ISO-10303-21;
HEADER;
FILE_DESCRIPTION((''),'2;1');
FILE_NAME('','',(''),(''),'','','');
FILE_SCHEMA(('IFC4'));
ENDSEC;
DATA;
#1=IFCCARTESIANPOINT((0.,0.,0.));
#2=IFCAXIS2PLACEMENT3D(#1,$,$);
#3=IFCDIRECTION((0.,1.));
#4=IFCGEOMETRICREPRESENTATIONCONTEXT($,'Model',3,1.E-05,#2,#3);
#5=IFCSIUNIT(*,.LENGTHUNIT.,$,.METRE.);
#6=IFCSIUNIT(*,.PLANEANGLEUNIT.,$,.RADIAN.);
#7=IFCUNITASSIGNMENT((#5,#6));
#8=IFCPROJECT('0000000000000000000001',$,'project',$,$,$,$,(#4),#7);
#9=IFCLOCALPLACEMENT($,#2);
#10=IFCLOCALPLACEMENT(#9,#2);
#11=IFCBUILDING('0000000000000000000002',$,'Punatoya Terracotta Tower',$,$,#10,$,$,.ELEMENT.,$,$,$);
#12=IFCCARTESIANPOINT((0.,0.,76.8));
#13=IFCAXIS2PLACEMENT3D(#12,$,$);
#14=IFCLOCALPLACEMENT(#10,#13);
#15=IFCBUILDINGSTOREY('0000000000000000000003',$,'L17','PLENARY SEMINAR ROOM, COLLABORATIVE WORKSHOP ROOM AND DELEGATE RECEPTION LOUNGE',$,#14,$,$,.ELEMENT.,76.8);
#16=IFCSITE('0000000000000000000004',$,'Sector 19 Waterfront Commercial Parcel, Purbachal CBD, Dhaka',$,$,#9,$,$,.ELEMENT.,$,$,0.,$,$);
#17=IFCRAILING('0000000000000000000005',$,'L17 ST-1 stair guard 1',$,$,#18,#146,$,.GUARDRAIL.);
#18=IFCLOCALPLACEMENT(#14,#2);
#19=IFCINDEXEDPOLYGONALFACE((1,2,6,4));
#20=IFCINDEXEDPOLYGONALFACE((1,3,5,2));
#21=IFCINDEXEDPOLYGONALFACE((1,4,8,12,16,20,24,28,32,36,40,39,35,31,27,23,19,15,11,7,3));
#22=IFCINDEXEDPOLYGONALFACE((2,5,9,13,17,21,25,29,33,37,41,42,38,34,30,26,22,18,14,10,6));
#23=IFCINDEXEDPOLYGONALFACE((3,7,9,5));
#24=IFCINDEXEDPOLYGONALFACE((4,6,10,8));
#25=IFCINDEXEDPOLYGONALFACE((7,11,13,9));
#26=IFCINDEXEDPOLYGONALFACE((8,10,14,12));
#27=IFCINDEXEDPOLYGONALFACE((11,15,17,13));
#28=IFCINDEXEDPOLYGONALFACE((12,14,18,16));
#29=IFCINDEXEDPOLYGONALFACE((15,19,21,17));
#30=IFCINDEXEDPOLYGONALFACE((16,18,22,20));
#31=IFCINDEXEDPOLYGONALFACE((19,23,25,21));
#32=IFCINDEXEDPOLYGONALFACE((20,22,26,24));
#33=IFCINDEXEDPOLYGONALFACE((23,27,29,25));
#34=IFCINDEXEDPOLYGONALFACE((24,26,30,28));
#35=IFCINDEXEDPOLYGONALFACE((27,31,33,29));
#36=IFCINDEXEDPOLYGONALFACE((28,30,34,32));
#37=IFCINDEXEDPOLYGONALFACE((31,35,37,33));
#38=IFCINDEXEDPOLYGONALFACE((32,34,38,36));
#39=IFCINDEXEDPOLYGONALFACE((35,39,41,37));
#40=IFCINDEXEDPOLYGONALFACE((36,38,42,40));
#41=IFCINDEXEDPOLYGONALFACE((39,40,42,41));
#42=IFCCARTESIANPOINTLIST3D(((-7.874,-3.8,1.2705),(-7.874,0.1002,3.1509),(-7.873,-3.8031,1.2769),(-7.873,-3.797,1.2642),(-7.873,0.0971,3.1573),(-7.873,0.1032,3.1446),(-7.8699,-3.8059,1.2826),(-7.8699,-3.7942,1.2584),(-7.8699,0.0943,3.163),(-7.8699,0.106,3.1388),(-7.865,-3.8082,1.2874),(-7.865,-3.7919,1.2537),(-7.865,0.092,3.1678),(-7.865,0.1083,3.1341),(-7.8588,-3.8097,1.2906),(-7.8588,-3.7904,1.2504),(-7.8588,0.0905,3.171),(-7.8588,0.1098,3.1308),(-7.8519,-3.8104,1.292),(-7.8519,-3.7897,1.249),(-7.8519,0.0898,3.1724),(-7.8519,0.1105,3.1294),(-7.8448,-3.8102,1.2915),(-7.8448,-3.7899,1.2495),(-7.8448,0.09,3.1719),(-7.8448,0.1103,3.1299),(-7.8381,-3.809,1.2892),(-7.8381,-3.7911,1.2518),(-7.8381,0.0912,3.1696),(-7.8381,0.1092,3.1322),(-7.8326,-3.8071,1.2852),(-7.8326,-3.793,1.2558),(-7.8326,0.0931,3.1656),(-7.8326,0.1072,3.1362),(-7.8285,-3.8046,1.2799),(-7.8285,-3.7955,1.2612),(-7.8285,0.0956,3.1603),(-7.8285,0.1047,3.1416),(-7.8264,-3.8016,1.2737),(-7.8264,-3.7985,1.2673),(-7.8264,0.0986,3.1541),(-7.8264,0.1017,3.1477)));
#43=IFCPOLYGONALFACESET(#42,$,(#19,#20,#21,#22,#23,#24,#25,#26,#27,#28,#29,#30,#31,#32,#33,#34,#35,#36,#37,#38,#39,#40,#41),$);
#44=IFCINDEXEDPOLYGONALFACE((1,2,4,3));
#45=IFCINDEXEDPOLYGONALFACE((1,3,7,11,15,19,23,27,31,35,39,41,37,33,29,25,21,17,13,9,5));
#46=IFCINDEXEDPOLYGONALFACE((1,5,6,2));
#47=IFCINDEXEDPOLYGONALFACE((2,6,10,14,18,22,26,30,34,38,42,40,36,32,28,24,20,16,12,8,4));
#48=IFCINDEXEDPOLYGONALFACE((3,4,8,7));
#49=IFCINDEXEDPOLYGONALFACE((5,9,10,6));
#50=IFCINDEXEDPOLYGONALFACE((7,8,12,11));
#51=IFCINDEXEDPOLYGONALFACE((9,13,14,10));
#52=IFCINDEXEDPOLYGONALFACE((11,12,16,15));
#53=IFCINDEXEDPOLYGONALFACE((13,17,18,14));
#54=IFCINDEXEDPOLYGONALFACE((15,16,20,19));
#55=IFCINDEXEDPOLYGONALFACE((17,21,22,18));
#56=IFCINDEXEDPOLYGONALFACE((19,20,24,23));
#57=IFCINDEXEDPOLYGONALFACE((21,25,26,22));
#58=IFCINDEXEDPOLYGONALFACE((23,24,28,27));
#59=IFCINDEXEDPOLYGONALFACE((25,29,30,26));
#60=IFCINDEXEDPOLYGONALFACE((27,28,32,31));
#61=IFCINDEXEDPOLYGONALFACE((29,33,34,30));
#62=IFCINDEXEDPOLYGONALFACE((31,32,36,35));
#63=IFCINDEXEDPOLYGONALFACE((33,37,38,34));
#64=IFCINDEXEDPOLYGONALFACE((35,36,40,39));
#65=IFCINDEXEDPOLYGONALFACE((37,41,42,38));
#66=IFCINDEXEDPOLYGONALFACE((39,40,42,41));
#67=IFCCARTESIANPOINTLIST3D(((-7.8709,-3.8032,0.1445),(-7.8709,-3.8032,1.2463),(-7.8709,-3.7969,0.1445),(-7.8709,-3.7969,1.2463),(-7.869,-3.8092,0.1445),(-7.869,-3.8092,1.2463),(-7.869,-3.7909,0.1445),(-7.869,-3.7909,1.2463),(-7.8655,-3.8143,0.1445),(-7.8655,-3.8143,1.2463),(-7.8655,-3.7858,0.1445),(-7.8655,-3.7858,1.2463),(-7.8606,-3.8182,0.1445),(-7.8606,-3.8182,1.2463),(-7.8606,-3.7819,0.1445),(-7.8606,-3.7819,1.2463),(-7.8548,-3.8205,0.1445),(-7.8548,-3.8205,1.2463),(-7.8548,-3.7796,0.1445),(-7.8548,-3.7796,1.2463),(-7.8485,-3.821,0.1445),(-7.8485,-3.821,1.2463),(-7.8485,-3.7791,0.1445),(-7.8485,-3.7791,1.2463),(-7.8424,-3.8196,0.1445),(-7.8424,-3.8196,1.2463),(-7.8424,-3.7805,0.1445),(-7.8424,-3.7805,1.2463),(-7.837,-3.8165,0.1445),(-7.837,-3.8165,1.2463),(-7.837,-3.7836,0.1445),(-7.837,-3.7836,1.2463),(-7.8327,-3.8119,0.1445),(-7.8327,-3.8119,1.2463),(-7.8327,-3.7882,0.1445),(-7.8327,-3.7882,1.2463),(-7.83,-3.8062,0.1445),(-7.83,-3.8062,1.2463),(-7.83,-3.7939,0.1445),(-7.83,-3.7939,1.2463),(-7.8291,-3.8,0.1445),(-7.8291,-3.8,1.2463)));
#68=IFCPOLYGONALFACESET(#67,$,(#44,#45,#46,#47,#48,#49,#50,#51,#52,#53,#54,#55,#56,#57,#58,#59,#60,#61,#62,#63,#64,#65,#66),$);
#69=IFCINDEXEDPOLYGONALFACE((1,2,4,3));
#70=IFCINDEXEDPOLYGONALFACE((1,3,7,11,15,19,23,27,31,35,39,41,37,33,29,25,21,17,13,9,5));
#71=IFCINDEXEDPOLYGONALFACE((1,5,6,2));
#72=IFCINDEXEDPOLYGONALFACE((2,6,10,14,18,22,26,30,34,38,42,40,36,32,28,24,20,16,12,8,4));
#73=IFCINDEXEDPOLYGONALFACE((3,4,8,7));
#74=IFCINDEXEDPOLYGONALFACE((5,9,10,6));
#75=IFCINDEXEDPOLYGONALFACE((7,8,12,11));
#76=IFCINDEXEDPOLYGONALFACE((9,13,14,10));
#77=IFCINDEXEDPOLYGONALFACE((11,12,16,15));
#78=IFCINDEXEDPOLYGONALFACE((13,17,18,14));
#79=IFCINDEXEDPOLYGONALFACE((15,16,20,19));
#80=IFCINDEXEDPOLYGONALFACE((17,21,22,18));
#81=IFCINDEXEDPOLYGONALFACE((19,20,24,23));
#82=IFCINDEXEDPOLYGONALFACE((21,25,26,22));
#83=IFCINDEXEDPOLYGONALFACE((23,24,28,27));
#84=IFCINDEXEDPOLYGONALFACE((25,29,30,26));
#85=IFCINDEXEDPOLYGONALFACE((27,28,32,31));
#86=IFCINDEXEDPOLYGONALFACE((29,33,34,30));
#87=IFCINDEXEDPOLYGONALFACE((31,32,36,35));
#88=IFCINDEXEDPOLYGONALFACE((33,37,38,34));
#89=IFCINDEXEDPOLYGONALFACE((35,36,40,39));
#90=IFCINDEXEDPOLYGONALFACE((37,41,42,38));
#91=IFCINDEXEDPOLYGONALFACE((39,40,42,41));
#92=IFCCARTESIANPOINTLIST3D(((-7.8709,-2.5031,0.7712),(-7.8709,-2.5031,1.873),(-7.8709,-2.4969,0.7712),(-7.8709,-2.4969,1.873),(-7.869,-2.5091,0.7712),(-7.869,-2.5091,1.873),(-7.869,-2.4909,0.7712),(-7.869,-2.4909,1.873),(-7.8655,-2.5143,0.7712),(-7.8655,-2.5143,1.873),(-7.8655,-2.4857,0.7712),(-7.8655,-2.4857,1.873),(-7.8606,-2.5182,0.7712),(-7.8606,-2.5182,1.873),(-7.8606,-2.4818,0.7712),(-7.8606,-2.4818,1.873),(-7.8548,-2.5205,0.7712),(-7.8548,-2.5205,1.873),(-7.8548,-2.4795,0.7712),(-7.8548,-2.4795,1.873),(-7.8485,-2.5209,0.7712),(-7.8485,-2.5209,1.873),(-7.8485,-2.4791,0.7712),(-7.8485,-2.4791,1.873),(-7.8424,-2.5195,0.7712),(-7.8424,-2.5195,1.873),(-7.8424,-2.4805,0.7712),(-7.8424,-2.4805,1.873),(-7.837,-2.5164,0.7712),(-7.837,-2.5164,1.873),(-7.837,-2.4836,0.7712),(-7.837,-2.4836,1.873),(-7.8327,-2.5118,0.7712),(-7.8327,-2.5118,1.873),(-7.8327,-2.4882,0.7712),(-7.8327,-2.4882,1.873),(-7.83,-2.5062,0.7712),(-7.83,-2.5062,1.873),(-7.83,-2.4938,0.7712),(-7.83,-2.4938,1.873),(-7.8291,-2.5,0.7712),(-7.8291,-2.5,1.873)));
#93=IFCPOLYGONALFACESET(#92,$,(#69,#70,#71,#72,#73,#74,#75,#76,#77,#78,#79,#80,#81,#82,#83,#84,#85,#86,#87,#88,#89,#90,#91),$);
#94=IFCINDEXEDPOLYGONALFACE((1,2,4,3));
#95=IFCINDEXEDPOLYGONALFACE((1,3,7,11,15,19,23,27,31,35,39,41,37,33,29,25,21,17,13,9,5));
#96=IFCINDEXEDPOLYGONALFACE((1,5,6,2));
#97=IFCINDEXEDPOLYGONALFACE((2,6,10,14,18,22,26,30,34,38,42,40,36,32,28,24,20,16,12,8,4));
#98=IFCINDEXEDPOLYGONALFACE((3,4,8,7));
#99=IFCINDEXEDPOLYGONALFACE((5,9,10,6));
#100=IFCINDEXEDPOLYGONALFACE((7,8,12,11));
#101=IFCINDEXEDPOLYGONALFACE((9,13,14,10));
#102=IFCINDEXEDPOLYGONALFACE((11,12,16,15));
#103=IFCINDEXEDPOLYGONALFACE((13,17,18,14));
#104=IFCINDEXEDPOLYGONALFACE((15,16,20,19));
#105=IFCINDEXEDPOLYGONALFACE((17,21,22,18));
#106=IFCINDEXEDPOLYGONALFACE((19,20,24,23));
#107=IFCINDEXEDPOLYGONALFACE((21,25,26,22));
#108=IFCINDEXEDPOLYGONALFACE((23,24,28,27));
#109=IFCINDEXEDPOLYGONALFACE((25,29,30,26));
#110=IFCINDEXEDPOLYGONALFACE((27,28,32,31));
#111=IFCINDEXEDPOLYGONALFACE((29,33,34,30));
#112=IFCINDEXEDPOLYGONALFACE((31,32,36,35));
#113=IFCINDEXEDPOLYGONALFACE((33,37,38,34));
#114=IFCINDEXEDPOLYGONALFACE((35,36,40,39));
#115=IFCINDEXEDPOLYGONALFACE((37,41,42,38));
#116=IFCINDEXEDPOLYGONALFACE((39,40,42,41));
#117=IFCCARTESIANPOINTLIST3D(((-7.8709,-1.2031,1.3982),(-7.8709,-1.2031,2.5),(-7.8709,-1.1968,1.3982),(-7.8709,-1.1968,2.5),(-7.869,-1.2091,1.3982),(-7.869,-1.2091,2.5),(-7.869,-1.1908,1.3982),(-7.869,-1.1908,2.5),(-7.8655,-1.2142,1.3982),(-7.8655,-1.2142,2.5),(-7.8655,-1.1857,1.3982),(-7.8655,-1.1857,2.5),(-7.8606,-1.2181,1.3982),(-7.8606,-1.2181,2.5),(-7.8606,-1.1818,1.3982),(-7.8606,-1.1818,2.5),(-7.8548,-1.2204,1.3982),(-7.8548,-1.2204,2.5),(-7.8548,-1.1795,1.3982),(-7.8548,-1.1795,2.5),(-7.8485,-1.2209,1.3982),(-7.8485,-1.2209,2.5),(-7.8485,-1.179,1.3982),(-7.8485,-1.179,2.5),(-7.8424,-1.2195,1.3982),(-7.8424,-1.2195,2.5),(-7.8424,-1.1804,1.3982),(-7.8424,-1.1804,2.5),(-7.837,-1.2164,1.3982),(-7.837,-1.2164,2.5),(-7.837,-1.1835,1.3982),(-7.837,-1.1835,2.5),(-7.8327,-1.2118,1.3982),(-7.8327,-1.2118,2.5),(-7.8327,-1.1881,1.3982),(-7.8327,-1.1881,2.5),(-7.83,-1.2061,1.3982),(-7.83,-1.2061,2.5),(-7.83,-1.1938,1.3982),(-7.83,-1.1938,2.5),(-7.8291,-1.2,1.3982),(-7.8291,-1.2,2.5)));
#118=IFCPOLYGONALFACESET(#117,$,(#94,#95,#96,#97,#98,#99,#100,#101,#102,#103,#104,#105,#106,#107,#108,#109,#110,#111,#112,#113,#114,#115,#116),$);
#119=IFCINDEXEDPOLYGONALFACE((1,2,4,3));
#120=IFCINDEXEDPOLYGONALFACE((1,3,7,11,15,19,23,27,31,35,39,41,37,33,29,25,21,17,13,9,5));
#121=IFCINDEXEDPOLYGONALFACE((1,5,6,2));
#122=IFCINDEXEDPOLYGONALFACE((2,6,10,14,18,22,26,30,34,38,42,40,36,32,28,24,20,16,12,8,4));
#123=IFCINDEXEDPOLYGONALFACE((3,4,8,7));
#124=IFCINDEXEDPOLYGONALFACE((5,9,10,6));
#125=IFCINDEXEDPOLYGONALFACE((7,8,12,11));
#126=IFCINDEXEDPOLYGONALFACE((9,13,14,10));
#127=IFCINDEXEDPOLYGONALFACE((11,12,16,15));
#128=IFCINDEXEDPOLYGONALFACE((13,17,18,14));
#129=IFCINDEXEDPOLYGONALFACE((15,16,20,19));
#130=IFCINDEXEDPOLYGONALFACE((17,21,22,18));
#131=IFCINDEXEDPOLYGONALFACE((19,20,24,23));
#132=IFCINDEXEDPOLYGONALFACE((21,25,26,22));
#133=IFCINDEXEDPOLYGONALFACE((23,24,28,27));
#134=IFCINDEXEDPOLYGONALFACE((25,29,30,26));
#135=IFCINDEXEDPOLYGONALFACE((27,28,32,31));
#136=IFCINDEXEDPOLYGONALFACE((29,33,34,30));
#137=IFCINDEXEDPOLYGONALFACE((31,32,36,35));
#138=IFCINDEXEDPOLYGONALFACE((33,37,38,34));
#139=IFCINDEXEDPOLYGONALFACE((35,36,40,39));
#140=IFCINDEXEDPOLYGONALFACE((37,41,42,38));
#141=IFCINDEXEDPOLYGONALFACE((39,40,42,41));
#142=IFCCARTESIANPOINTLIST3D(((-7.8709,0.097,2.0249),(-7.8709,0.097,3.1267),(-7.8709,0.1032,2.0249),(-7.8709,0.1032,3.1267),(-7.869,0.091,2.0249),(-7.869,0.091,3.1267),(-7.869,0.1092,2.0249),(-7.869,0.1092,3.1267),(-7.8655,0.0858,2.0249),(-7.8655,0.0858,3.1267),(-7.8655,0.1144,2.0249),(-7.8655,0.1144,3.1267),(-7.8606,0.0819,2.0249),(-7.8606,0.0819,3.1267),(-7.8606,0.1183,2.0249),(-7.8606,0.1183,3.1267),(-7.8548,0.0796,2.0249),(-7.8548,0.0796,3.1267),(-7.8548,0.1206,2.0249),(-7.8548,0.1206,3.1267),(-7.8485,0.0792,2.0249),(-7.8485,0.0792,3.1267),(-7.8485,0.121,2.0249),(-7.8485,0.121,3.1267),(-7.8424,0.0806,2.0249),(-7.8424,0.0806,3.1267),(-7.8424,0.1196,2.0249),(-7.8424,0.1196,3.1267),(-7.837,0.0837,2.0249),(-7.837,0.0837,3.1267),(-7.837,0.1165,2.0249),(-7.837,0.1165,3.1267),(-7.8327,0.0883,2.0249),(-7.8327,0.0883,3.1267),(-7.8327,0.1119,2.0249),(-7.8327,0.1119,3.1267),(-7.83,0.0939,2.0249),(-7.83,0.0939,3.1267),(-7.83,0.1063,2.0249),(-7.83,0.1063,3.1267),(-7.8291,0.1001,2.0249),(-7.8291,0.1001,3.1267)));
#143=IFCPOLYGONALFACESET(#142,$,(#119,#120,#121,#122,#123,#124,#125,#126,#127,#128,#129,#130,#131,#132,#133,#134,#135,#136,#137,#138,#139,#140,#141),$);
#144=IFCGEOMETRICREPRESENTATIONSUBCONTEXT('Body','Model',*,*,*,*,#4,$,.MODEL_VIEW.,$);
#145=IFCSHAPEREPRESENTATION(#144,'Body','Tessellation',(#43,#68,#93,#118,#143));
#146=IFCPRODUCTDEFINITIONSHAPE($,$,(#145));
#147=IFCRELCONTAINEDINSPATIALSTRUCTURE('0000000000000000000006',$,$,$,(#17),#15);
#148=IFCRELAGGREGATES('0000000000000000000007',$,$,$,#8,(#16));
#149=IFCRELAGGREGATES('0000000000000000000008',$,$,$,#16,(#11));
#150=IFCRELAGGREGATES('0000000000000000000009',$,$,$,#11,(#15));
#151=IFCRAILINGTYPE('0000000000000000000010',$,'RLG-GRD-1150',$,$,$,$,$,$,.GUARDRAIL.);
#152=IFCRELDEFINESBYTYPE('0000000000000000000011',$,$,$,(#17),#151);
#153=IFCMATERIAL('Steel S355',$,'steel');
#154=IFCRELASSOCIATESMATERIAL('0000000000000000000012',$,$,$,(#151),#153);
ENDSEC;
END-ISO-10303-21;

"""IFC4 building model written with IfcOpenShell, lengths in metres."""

from ifc_helpers import new_model, si_unit, direction, frame, origin, origin_2d, place, context, subcontext, project, spatial, circle, extrude, material, type_object, element, save


model = new_model("IFC4")

# Units and contexts
model_context = context("Model", 3, precision=1e-05, world=origin(), true_north=direction((0.0, 1.0)))
body_context = subcontext(model_context, "Body", "Model", "MODEL_VIEW")
ifc_project = project(units=[si_unit("LENGTHUNIT", "METRE"), si_unit("PLANEANGLEUNIT", "RADIAN")], contexts=[model_context])

# Site, building, storey
site_placement = place(None, origin())
site = spatial("IfcSite", under=ifc_project, at=site_placement, Name="Sector 19 Waterfront Commercial Parcel, Purbachal CBD, Dhaka", CompositionType="ELEMENT", RefElevation=0.0)
building_placement = place(site_placement, origin())
building = spatial("IfcBuilding", under=site, at=building_placement, Name="Punatoya Terracotta Tower", CompositionType="ELEMENT")
storey_placement = place(building_placement, frame((0.0, 0.0, 76.8)))
storey = spatial("IfcBuildingStorey", under=building, at=storey_placement, Name="L17", Description="PLENARY SEMINAR ROOM, COLLABORATIVE WORKSHOP ROOM AND DELEGATE RECEPTION LOUNGE", CompositionType="ELEMENT", Elevation=76.8)

# Railing
ifc_material_1 = material(Name="Steel S355", Category="steel")
railing_type_1 = type_object("IfcRailingType", Name="RLG-GRD-1150", PredefinedType="GUARDRAIL", material=ifc_material_1)
railing_1_placement = place(storey_placement, frame((-7.8501, -3.8, 0.1445)))
element("IfcRailing", 1, at=railing_1_placement, inside=storey, type_object=railing_type_1, Name="L17 ST-1 stair guard 1", PredefinedType="GUARDRAIL", context=body_context, shape_type="SweptSolid", body=[
    extrude(circle(Radius=0.0239, at=origin_2d()), frame((0.0, 0.0, 1.126), z_axis=(0.0, 0.900774, 0.434289), x_axis=(-1.0, 0.0, 0.0)), (0.0, 0.0, 1.0), 4.3298),
    extrude(circle(Radius=0.021, at=origin_2d()), origin(), (0.0, 0.0, 1.0), 1.1018),
    extrude(circle(Radius=0.021, at=origin_2d()), frame((0.0, 1.3, 0.6267)), (0.0, 0.0, 1.0), 1.1018),
    extrude(circle(Radius=0.021, at=origin_2d()), frame((0.0, 2.6001, 1.2537)), (0.0, 0.0, 1.0), 1.1018),
    extrude(circle(Radius=0.021, at=origin_2d()), frame((0.0, 3.9001, 1.8804)), (0.0, 0.0, 1.0), 1.1018),
])

save(model, "model.ifc")
